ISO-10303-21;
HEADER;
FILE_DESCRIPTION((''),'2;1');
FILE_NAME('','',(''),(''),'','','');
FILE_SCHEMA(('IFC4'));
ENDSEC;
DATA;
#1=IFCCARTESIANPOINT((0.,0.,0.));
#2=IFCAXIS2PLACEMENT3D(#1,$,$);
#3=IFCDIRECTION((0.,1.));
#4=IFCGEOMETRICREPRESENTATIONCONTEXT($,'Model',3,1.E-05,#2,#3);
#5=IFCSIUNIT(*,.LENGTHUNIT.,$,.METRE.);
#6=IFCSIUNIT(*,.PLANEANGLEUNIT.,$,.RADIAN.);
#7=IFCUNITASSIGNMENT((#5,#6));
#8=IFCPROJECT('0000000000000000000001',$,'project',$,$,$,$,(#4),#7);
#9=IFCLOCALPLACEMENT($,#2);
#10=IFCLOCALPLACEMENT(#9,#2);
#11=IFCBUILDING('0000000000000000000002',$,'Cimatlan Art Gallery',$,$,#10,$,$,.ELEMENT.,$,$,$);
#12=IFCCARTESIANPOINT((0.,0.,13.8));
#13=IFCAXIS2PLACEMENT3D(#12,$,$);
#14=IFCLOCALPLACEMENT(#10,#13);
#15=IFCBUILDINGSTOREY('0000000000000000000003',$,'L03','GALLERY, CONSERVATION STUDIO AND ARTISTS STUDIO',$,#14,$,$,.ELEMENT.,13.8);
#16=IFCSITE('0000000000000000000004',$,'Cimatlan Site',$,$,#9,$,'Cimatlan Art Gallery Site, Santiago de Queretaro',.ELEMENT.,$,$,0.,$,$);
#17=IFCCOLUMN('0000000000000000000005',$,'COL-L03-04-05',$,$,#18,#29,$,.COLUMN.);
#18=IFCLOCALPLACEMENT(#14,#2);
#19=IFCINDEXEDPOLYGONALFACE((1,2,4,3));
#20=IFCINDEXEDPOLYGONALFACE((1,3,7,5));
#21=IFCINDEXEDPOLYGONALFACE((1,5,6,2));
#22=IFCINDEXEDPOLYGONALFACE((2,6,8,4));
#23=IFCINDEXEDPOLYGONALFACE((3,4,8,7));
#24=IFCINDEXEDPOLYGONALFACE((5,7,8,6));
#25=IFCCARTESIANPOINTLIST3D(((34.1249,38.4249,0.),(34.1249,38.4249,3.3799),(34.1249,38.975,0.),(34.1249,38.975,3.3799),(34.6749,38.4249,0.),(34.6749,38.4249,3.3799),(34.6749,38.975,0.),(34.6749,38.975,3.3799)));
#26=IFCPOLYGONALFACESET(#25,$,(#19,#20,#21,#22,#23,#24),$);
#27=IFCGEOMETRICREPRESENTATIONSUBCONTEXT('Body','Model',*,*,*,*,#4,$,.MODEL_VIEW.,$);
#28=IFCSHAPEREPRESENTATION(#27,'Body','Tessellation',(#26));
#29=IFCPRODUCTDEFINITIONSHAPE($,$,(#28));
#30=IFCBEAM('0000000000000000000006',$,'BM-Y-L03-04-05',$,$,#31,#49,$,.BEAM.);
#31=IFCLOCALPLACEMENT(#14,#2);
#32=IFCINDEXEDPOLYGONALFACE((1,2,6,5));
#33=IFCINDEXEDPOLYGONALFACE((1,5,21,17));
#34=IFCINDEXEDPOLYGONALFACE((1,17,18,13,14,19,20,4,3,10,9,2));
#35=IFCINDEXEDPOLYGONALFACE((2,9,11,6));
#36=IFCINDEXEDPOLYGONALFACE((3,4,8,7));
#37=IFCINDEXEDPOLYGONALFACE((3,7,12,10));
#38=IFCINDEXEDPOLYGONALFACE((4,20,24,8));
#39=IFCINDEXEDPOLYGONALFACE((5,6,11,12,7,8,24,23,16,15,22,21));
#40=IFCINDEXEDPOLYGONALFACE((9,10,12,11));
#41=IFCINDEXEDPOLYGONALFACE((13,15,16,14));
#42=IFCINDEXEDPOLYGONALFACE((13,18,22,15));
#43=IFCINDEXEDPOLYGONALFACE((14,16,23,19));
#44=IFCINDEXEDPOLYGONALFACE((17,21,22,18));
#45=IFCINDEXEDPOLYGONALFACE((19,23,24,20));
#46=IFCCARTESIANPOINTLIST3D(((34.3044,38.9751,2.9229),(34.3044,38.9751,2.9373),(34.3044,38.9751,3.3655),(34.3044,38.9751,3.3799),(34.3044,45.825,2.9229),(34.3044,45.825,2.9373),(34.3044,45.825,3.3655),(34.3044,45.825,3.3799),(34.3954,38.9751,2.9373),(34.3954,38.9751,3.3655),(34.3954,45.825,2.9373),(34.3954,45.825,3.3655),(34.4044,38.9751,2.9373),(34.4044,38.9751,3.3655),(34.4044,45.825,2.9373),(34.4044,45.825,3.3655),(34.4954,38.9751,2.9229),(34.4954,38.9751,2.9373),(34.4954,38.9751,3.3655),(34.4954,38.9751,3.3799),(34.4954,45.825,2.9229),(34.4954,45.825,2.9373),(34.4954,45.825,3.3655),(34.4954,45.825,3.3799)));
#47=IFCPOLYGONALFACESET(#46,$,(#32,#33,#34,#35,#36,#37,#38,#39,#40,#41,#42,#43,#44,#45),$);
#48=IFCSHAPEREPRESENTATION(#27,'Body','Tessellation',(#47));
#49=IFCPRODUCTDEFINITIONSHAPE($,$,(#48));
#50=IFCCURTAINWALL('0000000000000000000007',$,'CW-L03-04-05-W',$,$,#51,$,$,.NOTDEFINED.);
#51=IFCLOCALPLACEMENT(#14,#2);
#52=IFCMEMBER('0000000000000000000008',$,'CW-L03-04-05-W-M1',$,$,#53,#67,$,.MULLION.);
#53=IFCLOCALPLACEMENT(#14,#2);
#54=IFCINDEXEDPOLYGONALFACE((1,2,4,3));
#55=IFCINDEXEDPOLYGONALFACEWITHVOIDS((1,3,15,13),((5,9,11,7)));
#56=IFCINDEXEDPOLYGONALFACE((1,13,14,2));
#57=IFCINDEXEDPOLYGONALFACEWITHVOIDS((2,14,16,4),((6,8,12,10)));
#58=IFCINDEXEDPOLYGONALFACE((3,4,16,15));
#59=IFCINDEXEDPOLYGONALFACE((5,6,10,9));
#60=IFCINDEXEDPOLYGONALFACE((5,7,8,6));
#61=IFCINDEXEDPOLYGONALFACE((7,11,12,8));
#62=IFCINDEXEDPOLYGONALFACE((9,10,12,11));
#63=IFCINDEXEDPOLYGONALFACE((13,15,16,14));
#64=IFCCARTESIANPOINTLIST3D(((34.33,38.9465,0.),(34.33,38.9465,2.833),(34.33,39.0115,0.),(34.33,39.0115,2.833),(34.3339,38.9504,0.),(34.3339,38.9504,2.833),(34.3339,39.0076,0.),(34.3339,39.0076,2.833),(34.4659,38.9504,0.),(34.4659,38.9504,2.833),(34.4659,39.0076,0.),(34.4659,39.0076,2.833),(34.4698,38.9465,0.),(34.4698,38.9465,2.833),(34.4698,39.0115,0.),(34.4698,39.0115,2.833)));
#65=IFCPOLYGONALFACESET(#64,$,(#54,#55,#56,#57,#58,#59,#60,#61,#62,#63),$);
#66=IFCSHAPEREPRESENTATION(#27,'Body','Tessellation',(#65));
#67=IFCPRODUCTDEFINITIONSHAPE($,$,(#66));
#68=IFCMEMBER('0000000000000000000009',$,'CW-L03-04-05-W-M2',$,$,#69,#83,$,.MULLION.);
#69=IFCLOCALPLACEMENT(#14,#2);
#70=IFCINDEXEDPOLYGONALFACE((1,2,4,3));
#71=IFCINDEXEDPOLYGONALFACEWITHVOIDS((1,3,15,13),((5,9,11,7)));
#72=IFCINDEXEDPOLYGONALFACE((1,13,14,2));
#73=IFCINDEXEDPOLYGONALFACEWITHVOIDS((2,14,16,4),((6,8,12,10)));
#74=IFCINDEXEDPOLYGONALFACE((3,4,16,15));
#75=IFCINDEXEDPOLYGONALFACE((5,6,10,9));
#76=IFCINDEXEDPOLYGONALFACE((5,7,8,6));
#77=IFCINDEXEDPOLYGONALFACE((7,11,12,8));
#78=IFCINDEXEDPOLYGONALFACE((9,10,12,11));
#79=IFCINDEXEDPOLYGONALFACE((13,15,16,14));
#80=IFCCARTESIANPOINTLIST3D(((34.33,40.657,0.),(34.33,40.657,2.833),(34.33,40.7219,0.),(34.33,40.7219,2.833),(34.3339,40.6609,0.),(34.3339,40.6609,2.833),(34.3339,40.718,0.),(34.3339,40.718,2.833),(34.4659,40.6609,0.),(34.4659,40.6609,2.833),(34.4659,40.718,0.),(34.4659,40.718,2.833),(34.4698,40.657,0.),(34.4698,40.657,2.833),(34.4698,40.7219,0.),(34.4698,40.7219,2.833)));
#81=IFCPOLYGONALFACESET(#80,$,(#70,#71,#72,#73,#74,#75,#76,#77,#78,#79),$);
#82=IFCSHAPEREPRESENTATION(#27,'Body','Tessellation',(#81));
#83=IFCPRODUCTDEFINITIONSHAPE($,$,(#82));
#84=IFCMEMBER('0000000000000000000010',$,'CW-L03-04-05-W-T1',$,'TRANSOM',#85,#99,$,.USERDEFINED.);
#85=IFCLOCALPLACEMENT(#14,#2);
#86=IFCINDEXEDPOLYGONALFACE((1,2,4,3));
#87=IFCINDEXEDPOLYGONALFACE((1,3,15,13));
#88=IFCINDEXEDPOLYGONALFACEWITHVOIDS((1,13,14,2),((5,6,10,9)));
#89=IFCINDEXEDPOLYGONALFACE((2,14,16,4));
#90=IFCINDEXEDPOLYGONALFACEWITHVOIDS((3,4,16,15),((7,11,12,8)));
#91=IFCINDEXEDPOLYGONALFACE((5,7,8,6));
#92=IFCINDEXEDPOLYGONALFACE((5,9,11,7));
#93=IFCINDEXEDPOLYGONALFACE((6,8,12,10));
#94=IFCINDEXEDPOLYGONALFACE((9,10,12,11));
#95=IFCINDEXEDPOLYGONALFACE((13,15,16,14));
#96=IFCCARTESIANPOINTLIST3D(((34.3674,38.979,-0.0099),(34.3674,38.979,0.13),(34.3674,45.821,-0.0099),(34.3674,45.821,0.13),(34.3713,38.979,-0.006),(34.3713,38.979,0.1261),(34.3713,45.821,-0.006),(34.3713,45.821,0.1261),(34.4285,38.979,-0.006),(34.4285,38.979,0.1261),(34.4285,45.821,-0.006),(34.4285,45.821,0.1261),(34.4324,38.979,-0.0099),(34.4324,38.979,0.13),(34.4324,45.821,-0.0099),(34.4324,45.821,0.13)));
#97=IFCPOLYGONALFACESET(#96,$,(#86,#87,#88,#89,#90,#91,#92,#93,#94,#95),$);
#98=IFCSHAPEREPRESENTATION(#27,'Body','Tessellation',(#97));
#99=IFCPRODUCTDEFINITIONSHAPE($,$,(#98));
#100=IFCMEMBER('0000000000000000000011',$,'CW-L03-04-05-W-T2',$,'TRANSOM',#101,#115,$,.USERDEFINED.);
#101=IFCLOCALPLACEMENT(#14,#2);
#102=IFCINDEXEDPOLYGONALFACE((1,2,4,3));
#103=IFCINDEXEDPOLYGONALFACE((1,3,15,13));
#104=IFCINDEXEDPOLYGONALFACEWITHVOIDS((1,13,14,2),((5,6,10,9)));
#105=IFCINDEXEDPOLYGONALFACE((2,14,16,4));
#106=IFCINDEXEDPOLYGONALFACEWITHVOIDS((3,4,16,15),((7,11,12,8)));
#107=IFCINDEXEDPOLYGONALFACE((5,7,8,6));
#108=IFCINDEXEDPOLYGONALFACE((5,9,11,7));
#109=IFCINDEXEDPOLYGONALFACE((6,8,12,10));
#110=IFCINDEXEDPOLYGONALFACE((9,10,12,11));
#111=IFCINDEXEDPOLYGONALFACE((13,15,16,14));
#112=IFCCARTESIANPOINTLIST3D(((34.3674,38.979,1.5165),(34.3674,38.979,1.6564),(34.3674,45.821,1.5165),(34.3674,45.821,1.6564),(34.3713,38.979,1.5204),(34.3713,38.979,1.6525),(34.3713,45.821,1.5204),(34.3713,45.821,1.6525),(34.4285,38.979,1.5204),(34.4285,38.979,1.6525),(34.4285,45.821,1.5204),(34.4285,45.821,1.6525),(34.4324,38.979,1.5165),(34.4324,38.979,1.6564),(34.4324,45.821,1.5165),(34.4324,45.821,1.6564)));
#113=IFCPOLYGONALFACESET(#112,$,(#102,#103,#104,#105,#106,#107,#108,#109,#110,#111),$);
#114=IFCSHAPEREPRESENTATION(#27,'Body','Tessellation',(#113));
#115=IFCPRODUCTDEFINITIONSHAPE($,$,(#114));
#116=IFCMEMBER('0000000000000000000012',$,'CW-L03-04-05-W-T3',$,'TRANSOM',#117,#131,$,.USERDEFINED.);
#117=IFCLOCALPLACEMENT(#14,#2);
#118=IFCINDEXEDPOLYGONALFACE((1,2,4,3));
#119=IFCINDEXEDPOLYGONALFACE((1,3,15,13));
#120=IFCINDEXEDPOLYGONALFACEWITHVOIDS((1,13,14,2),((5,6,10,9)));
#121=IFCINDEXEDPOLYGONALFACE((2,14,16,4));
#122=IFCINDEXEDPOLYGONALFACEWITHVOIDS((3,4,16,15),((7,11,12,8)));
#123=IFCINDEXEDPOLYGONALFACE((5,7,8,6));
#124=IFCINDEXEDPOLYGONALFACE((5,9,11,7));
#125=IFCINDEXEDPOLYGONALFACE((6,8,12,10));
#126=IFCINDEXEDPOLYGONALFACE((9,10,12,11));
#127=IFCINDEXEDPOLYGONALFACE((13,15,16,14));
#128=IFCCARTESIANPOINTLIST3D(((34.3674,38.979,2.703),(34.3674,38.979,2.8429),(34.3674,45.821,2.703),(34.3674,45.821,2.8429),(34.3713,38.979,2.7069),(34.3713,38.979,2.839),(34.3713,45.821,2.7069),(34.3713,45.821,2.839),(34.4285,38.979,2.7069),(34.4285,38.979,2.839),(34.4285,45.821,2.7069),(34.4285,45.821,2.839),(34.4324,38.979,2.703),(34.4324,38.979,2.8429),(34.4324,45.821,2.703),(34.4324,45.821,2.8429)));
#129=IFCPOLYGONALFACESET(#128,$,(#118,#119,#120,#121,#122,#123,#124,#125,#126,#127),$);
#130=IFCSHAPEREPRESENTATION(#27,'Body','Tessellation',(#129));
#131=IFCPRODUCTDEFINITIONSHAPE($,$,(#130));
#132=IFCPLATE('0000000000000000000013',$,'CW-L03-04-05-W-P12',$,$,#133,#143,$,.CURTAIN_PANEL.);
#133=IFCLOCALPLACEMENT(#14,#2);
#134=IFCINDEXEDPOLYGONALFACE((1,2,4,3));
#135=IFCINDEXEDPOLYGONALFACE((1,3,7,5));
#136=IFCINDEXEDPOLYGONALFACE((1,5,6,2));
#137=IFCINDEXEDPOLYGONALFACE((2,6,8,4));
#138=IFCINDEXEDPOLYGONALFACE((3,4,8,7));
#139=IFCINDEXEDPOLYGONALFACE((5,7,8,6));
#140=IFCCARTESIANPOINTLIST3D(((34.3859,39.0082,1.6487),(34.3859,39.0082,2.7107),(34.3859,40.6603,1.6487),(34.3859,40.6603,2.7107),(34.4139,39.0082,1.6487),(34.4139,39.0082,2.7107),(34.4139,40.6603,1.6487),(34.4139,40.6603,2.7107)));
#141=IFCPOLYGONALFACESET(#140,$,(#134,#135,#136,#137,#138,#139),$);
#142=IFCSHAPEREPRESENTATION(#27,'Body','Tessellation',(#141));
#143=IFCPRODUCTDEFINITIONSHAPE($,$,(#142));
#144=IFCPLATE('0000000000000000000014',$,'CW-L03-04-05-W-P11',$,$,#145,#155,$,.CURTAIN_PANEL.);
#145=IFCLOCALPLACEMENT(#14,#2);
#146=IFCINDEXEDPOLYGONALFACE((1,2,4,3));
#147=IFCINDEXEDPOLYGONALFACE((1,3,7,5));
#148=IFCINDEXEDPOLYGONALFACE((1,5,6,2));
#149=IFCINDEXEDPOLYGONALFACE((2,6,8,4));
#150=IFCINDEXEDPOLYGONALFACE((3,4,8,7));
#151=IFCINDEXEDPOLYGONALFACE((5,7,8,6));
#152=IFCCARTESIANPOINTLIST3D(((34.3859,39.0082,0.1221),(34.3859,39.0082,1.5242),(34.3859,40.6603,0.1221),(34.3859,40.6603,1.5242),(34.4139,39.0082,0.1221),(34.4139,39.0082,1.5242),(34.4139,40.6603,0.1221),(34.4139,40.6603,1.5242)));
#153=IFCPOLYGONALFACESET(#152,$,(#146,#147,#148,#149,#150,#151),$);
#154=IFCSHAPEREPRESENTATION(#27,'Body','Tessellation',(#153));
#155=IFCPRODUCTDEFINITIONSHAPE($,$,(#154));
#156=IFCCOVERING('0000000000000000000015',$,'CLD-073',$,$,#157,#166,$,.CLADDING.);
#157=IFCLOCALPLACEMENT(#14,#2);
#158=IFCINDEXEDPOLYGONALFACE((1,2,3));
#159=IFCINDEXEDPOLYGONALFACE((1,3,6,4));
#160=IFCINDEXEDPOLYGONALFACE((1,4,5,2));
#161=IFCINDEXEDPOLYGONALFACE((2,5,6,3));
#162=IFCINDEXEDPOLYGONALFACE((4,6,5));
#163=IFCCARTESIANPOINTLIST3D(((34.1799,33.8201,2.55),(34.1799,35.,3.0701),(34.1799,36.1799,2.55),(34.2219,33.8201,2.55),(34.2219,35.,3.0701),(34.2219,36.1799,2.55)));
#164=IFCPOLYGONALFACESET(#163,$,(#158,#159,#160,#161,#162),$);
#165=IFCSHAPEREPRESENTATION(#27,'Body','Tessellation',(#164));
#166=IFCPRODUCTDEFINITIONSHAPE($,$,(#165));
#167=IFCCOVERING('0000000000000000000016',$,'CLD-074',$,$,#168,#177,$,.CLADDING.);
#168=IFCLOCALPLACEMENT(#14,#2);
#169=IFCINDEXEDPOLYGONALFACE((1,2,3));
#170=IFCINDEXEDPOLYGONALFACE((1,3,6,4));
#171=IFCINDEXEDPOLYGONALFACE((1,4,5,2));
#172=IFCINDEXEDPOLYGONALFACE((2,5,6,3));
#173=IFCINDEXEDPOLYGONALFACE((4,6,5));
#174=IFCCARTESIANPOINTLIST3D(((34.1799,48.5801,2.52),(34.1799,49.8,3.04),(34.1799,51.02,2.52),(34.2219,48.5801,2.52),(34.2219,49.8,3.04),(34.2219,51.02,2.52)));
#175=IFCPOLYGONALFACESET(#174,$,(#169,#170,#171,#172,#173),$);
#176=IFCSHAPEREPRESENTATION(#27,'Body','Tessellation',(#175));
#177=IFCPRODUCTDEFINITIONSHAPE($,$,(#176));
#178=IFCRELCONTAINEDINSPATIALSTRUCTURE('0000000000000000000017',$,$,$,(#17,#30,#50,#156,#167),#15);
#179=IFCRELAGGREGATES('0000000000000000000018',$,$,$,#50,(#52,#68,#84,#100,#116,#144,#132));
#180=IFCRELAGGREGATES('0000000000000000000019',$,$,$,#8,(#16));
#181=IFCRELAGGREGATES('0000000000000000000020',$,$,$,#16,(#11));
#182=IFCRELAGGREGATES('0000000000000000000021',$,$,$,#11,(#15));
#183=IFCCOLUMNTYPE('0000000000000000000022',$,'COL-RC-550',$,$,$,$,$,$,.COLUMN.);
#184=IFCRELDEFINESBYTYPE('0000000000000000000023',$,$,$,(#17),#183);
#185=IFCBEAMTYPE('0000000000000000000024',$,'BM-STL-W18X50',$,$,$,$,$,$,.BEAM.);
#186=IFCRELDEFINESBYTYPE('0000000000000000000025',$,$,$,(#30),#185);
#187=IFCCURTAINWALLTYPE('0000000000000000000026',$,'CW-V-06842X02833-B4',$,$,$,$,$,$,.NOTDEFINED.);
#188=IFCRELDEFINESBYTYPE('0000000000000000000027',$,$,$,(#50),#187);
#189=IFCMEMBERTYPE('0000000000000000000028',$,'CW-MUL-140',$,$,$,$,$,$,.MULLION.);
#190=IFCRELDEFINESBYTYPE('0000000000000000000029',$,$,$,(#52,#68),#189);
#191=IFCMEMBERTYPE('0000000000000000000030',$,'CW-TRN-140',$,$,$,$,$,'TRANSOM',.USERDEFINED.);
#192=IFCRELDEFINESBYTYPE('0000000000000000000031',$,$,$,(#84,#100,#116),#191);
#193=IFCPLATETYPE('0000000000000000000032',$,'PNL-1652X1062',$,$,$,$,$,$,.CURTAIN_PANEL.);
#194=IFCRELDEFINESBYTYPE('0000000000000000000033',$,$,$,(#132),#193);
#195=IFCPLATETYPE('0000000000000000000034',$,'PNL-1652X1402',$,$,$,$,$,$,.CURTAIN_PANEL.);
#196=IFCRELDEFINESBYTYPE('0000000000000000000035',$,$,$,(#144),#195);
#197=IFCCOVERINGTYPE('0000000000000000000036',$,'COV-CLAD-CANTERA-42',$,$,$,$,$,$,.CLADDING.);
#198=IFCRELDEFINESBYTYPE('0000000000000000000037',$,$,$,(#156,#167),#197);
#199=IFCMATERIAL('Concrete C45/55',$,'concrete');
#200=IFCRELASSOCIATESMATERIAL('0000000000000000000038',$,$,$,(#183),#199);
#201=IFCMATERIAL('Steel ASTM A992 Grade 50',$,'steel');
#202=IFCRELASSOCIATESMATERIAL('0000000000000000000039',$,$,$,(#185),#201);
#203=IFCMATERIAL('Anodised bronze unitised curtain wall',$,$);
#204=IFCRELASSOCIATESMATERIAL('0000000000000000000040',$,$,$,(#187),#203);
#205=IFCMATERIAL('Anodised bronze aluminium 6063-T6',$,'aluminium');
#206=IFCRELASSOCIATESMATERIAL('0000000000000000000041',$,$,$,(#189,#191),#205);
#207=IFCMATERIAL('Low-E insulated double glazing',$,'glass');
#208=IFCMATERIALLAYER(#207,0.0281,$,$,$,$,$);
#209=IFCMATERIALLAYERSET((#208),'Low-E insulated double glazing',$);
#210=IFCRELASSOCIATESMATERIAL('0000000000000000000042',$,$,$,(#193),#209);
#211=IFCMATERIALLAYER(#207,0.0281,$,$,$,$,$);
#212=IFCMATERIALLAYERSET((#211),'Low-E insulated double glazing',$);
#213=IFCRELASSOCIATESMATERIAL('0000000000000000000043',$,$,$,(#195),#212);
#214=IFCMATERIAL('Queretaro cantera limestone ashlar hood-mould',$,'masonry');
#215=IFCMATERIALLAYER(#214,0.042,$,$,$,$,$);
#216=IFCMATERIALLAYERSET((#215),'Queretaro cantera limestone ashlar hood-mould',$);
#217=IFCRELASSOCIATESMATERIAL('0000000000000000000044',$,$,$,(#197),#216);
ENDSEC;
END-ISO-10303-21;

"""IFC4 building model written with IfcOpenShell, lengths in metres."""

from ifc_helpers import new_model, si_unit, direction, frame, origin, origin_2d, place, context, subcontext, project, spatial, polyline, rectangle, hollow_rectangle, i_section, outline, extrude, material, layer, layer_set, material_profile, profile_set, type_object, element, aggregate, save


model = new_model("IFC4")

# Units and contexts
model_context = context("Model", 3, precision=1e-05, world=origin(), true_north=direction((0.0, 1.0)))
body_context = subcontext(model_context, "Body", "Model", "MODEL_VIEW")
ifc_project = project(units=[si_unit("LENGTHUNIT", "METRE"), si_unit("PLANEANGLEUNIT", "RADIAN")], contexts=[model_context])

# Site, building, storey
site_placement = place(None, origin())
site = spatial("IfcSite", under=ifc_project, at=site_placement, Name="Cimatlan Site", LongName="Cimatlan Art Gallery Site, Santiago de Queretaro", CompositionType="ELEMENT", RefElevation=0.0)
building_placement = place(site_placement, origin())
building = spatial("IfcBuilding", under=site, at=building_placement, Name="Cimatlan Art Gallery", CompositionType="ELEMENT")
storey_placement = place(building_placement, frame((0.0, 0.0, 13.8)))
storey = spatial("IfcBuildingStorey", under=building, at=storey_placement, Name="L03", Description="GALLERY, CONSERVATION STUDIO AND ARTISTS STUDIO", CompositionType="ELEMENT", Elevation=13.8)

# Column
ifc_material_1 = material(Name="Concrete C45/55", Category="concrete")
ifc_material_profile_1 = material_profile(ifc_material_1, rectangle(XDim=0.55, YDim=0.55, at=origin_2d()), Name="RC550X550")
ifc_profile_set_1 = profile_set([ifc_material_profile_1], Name="Concrete C45/55")
column_type = type_object("IfcColumnType", Name="COL-RC-550", PredefinedType="COLUMN", material=ifc_profile_set_1)
column_placement = place(storey_placement, frame((34.3999, 38.7, 0.0), z_axis=(0.0, 0.0, 1.0), x_axis=(1.0, 0.0, 0.0)))
element("IfcColumn", 1, at=column_placement, inside=storey, type_object=column_type, Name="COL-L03-04-05", PredefinedType="COLUMN", context=body_context, shape_type="SweptSolid", body=[
    extrude(rectangle(XDim=0.55, YDim=0.55, at=origin_2d()), origin(), (0.0, 0.0, 1.0), 3.3799),
])

# Beam
ifc_material_2 = material(Name="Steel ASTM A992 Grade 50", Category="steel")
ifc_material_profile_2 = material_profile(ifc_material_2, i_section(OverallWidth=0.1909, OverallDepth=0.457, WebThickness=0.009, FlangeThickness=0.0144, at=origin_2d()), Name="W18X50")
ifc_profile_set_2 = profile_set([ifc_material_profile_2], Name="Steel ASTM A992 Grade 50")
beam_type = type_object("IfcBeamType", Name="BM-STL-W18X50", PredefinedType="BEAM", material=ifc_profile_set_2)
beam_placement = place(storey_placement, frame((34.3999, 38.9751, 3.1514), z_axis=(0.0, 1.0, 0.0), x_axis=(-1.0, 0.0, 0.0)))
element("IfcBeam", 2, at=beam_placement, inside=storey, type_object=beam_type, Name="BM-Y-L03-04-05", PredefinedType="BEAM", context=body_context, shape_type="SweptSolid", body=[
    extrude(i_section(OverallWidth=0.1909, OverallDepth=0.457, WebThickness=0.009, FlangeThickness=0.0144, at=origin_2d()), origin(), (0.0, 0.0, 1.0), 6.8499),
])

# Curtain wall, members, plates
ifc_material_3 = material(Name="Anodised bronze unitised curtain wall")
curtain_wall_type = type_object("IfcCurtainWallType", Name="CW-V-06842X02833-B4", PredefinedType="NOTDEFINED", material=ifc_material_3)
curtain_wall_placement = place(storey_placement, origin())
curtain_wall = element("IfcCurtainWall", 3, at=curtain_wall_placement, inside=storey, type_object=curtain_wall_type, Name="CW-L03-04-05-W", PredefinedType="NOTDEFINED")
ifc_material_4 = material(Name="Anodised bronze aluminium 6063-T6", Category="aluminium")
ifc_material_profile_3 = material_profile(ifc_material_4, hollow_rectangle(XDim=0.0649, YDim=0.1399, WallThickness=0.0039, at=origin_2d()), Name="ALU65X140X4")
ifc_profile_set_3 = profile_set([ifc_material_profile_3], Name="Anodised bronze aluminium 6063-T6")
member_type_1 = type_object("IfcMemberType", Name="CW-MUL-140", PredefinedType="MULLION", material=ifc_profile_set_3)
member_1_placement = place(storey_placement, frame((34.3999, 38.979, 0.0), z_axis=(0.0, 0.0, 1.0), x_axis=(0.0, 1.0, 0.0)))
member_1 = element("IfcMember", 4, at=member_1_placement, type_object=member_type_1, Name="CW-L03-04-05-W-M1", PredefinedType="MULLION", context=body_context, shape_type="SweptSolid", body=[
    extrude(hollow_rectangle(XDim=0.0649, YDim=0.1399, WallThickness=0.0039, at=origin_2d()), origin(), (0.0, 0.0, 1.0), 2.833),
])
member_2_placement = place(storey_placement, frame((34.3999, 40.6895, 0.0), z_axis=(0.0, 0.0, 1.0), x_axis=(0.0, 1.0, 0.0)))
member_2 = element("IfcMember", 5, at=member_2_placement, type_object=member_type_1, Name="CW-L03-04-05-W-M2", PredefinedType="MULLION", context=body_context, shape_type="SweptSolid", body=[
    extrude(hollow_rectangle(XDim=0.0649, YDim=0.1399, WallThickness=0.0039, at=origin_2d()), origin(), (0.0, 0.0, 1.0), 2.833),
])
ifc_material_profile_4 = material_profile(ifc_material_4, hollow_rectangle(XDim=0.0649, YDim=0.1399, WallThickness=0.0039, at=origin_2d()), Name="ALU65X140X4")
ifc_profile_set_4 = profile_set([ifc_material_profile_4], Name="Anodised bronze aluminium 6063-T6")
member_type_2 = type_object("IfcMemberType", Name="CW-TRN-140", ElementType="TRANSOM", PredefinedType="USERDEFINED", material=ifc_profile_set_4)
member_3_placement = place(storey_placement, frame((34.3999, 38.979, 0.0601), z_axis=(0.0, 1.0, 0.0), x_axis=(-1.0, 0.0, 0.0)))
member_3 = element("IfcMember", 6, at=member_3_placement, type_object=member_type_2, Name="CW-L03-04-05-W-T1", ObjectType="TRANSOM", PredefinedType="USERDEFINED", context=body_context, shape_type="SweptSolid", body=[
    extrude(hollow_rectangle(XDim=0.0649, YDim=0.1399, WallThickness=0.0039, at=origin_2d()), origin(), (0.0, 0.0, 1.0), 6.842),
])
member_4_placement = place(storey_placement, frame((34.3999, 38.979, 1.5864), z_axis=(0.0, 1.0, 0.0), x_axis=(-1.0, 0.0, 0.0)))
member_4 = element("IfcMember", 7, at=member_4_placement, type_object=member_type_2, Name="CW-L03-04-05-W-T2", ObjectType="TRANSOM", PredefinedType="USERDEFINED", context=body_context, shape_type="SweptSolid", body=[
    extrude(hollow_rectangle(XDim=0.0649, YDim=0.1399, WallThickness=0.0039, at=origin_2d()), origin(), (0.0, 0.0, 1.0), 6.842),
])
member_5_placement = place(storey_placement, frame((34.3999, 38.979, 2.7729), z_axis=(0.0, 1.0, 0.0), x_axis=(-1.0, 0.0, 0.0)))
member_5 = element("IfcMember", 8, at=member_5_placement, type_object=member_type_2, Name="CW-L03-04-05-W-T3", ObjectType="TRANSOM", PredefinedType="USERDEFINED", context=body_context, shape_type="SweptSolid", body=[
    extrude(hollow_rectangle(XDim=0.0649, YDim=0.1399, WallThickness=0.0039, at=origin_2d()), origin(), (0.0, 0.0, 1.0), 6.842),
])
ifc_material_5 = material(Name="Low-E insulated double glazing", Category="glass")
ifc_layer_1 = layer(ifc_material_5, 0.0281)
ifc_layer_set_1 = layer_set([ifc_layer_1], Name="Low-E insulated double glazing")
plate_type_1 = type_object("IfcPlateType", Name="PNL-1652X1062", PredefinedType="CURTAIN_PANEL", material=ifc_layer_set_1)
plate_1_placement = place(storey_placement, frame((34.3999, 39.8342, 1.6487), z_axis=(0.0, 0.0, 1.0), x_axis=(0.0, 1.0, 0.0)))
plate_1 = element("IfcPlate", 9, at=plate_1_placement, type_object=plate_type_1, Name="CW-L03-04-05-W-P12", PredefinedType="CURTAIN_PANEL", context=body_context, shape_type="SweptSolid", body=[
    extrude(rectangle(XDim=1.6521, YDim=0.0281, at=origin_2d()), origin(), (0.0, 0.0, 1.0), 1.062),
])
ifc_layer_2 = layer(ifc_material_5, 0.0281)
ifc_layer_set_2 = layer_set([ifc_layer_2], Name="Low-E insulated double glazing")
plate_type_2 = type_object("IfcPlateType", Name="PNL-1652X1402", PredefinedType="CURTAIN_PANEL", material=ifc_layer_set_2)
plate_2_placement = place(storey_placement, frame((34.3999, 39.8342, 0.1221), z_axis=(0.0, 0.0, 1.0), x_axis=(0.0, 1.0, 0.0)))
plate_2 = element("IfcPlate", 10, at=plate_2_placement, type_object=plate_type_2, Name="CW-L03-04-05-W-P11", PredefinedType="CURTAIN_PANEL", context=body_context, shape_type="SweptSolid", body=[
    extrude(rectangle(XDim=1.6521, YDim=0.0281, at=origin_2d()), origin(), (0.0, 0.0, 1.0), 1.4021),
])
aggregate(curtain_wall, [member_1, member_2, member_3, member_4, member_5, plate_2, plate_1])

# Coverings
ifc_material_6 = material(Name="Queretaro cantera limestone ashlar hood-mould", Category="masonry")
ifc_layer_3 = layer(ifc_material_6, 0.042)
ifc_layer_set_3 = layer_set([ifc_layer_3], Name="Queretaro cantera limestone ashlar hood-mould")
covering_type = type_object("IfcCoveringType", Name="COV-CLAD-CANTERA-42", PredefinedType="CLADDING", material=ifc_layer_set_3)
covering_1_placement = place(storey_placement, frame((34.2219, 33.8201, 2.55), z_axis=(1.0, 0.0, 0.0), x_axis=(0.0, 1.0, 0.0)))
element("IfcCovering", 11, at=covering_1_placement, inside=storey, type_object=covering_type, Name="CLD-073", PredefinedType="CLADDING", context=body_context, shape_type="SweptSolid", body=[
    extrude(outline(polyline([(0.0, 0.0), (2.3599, 0.0), (1.1799, 0.52), (0.0, 0.0)])), origin(), (0.0, 0.0, -1.0), 0.042),
])
covering_2_placement = place(storey_placement, frame((34.2219, 48.5801, 2.52), z_axis=(1.0, 0.0, 0.0), x_axis=(0.0, 1.0, 0.0)))
element("IfcCovering", 12, at=covering_2_placement, inside=storey, type_object=covering_type, Name="CLD-074", PredefinedType="CLADDING", context=body_context, shape_type="SweptSolid", body=[
    extrude(outline(polyline([(0.0, 0.0), (2.4399, 0.0), (1.22, 0.52), (0.0, 0.0)])), origin(), (0.0, 0.0, -1.0), 0.042),
])

save(model, "model.ifc")
